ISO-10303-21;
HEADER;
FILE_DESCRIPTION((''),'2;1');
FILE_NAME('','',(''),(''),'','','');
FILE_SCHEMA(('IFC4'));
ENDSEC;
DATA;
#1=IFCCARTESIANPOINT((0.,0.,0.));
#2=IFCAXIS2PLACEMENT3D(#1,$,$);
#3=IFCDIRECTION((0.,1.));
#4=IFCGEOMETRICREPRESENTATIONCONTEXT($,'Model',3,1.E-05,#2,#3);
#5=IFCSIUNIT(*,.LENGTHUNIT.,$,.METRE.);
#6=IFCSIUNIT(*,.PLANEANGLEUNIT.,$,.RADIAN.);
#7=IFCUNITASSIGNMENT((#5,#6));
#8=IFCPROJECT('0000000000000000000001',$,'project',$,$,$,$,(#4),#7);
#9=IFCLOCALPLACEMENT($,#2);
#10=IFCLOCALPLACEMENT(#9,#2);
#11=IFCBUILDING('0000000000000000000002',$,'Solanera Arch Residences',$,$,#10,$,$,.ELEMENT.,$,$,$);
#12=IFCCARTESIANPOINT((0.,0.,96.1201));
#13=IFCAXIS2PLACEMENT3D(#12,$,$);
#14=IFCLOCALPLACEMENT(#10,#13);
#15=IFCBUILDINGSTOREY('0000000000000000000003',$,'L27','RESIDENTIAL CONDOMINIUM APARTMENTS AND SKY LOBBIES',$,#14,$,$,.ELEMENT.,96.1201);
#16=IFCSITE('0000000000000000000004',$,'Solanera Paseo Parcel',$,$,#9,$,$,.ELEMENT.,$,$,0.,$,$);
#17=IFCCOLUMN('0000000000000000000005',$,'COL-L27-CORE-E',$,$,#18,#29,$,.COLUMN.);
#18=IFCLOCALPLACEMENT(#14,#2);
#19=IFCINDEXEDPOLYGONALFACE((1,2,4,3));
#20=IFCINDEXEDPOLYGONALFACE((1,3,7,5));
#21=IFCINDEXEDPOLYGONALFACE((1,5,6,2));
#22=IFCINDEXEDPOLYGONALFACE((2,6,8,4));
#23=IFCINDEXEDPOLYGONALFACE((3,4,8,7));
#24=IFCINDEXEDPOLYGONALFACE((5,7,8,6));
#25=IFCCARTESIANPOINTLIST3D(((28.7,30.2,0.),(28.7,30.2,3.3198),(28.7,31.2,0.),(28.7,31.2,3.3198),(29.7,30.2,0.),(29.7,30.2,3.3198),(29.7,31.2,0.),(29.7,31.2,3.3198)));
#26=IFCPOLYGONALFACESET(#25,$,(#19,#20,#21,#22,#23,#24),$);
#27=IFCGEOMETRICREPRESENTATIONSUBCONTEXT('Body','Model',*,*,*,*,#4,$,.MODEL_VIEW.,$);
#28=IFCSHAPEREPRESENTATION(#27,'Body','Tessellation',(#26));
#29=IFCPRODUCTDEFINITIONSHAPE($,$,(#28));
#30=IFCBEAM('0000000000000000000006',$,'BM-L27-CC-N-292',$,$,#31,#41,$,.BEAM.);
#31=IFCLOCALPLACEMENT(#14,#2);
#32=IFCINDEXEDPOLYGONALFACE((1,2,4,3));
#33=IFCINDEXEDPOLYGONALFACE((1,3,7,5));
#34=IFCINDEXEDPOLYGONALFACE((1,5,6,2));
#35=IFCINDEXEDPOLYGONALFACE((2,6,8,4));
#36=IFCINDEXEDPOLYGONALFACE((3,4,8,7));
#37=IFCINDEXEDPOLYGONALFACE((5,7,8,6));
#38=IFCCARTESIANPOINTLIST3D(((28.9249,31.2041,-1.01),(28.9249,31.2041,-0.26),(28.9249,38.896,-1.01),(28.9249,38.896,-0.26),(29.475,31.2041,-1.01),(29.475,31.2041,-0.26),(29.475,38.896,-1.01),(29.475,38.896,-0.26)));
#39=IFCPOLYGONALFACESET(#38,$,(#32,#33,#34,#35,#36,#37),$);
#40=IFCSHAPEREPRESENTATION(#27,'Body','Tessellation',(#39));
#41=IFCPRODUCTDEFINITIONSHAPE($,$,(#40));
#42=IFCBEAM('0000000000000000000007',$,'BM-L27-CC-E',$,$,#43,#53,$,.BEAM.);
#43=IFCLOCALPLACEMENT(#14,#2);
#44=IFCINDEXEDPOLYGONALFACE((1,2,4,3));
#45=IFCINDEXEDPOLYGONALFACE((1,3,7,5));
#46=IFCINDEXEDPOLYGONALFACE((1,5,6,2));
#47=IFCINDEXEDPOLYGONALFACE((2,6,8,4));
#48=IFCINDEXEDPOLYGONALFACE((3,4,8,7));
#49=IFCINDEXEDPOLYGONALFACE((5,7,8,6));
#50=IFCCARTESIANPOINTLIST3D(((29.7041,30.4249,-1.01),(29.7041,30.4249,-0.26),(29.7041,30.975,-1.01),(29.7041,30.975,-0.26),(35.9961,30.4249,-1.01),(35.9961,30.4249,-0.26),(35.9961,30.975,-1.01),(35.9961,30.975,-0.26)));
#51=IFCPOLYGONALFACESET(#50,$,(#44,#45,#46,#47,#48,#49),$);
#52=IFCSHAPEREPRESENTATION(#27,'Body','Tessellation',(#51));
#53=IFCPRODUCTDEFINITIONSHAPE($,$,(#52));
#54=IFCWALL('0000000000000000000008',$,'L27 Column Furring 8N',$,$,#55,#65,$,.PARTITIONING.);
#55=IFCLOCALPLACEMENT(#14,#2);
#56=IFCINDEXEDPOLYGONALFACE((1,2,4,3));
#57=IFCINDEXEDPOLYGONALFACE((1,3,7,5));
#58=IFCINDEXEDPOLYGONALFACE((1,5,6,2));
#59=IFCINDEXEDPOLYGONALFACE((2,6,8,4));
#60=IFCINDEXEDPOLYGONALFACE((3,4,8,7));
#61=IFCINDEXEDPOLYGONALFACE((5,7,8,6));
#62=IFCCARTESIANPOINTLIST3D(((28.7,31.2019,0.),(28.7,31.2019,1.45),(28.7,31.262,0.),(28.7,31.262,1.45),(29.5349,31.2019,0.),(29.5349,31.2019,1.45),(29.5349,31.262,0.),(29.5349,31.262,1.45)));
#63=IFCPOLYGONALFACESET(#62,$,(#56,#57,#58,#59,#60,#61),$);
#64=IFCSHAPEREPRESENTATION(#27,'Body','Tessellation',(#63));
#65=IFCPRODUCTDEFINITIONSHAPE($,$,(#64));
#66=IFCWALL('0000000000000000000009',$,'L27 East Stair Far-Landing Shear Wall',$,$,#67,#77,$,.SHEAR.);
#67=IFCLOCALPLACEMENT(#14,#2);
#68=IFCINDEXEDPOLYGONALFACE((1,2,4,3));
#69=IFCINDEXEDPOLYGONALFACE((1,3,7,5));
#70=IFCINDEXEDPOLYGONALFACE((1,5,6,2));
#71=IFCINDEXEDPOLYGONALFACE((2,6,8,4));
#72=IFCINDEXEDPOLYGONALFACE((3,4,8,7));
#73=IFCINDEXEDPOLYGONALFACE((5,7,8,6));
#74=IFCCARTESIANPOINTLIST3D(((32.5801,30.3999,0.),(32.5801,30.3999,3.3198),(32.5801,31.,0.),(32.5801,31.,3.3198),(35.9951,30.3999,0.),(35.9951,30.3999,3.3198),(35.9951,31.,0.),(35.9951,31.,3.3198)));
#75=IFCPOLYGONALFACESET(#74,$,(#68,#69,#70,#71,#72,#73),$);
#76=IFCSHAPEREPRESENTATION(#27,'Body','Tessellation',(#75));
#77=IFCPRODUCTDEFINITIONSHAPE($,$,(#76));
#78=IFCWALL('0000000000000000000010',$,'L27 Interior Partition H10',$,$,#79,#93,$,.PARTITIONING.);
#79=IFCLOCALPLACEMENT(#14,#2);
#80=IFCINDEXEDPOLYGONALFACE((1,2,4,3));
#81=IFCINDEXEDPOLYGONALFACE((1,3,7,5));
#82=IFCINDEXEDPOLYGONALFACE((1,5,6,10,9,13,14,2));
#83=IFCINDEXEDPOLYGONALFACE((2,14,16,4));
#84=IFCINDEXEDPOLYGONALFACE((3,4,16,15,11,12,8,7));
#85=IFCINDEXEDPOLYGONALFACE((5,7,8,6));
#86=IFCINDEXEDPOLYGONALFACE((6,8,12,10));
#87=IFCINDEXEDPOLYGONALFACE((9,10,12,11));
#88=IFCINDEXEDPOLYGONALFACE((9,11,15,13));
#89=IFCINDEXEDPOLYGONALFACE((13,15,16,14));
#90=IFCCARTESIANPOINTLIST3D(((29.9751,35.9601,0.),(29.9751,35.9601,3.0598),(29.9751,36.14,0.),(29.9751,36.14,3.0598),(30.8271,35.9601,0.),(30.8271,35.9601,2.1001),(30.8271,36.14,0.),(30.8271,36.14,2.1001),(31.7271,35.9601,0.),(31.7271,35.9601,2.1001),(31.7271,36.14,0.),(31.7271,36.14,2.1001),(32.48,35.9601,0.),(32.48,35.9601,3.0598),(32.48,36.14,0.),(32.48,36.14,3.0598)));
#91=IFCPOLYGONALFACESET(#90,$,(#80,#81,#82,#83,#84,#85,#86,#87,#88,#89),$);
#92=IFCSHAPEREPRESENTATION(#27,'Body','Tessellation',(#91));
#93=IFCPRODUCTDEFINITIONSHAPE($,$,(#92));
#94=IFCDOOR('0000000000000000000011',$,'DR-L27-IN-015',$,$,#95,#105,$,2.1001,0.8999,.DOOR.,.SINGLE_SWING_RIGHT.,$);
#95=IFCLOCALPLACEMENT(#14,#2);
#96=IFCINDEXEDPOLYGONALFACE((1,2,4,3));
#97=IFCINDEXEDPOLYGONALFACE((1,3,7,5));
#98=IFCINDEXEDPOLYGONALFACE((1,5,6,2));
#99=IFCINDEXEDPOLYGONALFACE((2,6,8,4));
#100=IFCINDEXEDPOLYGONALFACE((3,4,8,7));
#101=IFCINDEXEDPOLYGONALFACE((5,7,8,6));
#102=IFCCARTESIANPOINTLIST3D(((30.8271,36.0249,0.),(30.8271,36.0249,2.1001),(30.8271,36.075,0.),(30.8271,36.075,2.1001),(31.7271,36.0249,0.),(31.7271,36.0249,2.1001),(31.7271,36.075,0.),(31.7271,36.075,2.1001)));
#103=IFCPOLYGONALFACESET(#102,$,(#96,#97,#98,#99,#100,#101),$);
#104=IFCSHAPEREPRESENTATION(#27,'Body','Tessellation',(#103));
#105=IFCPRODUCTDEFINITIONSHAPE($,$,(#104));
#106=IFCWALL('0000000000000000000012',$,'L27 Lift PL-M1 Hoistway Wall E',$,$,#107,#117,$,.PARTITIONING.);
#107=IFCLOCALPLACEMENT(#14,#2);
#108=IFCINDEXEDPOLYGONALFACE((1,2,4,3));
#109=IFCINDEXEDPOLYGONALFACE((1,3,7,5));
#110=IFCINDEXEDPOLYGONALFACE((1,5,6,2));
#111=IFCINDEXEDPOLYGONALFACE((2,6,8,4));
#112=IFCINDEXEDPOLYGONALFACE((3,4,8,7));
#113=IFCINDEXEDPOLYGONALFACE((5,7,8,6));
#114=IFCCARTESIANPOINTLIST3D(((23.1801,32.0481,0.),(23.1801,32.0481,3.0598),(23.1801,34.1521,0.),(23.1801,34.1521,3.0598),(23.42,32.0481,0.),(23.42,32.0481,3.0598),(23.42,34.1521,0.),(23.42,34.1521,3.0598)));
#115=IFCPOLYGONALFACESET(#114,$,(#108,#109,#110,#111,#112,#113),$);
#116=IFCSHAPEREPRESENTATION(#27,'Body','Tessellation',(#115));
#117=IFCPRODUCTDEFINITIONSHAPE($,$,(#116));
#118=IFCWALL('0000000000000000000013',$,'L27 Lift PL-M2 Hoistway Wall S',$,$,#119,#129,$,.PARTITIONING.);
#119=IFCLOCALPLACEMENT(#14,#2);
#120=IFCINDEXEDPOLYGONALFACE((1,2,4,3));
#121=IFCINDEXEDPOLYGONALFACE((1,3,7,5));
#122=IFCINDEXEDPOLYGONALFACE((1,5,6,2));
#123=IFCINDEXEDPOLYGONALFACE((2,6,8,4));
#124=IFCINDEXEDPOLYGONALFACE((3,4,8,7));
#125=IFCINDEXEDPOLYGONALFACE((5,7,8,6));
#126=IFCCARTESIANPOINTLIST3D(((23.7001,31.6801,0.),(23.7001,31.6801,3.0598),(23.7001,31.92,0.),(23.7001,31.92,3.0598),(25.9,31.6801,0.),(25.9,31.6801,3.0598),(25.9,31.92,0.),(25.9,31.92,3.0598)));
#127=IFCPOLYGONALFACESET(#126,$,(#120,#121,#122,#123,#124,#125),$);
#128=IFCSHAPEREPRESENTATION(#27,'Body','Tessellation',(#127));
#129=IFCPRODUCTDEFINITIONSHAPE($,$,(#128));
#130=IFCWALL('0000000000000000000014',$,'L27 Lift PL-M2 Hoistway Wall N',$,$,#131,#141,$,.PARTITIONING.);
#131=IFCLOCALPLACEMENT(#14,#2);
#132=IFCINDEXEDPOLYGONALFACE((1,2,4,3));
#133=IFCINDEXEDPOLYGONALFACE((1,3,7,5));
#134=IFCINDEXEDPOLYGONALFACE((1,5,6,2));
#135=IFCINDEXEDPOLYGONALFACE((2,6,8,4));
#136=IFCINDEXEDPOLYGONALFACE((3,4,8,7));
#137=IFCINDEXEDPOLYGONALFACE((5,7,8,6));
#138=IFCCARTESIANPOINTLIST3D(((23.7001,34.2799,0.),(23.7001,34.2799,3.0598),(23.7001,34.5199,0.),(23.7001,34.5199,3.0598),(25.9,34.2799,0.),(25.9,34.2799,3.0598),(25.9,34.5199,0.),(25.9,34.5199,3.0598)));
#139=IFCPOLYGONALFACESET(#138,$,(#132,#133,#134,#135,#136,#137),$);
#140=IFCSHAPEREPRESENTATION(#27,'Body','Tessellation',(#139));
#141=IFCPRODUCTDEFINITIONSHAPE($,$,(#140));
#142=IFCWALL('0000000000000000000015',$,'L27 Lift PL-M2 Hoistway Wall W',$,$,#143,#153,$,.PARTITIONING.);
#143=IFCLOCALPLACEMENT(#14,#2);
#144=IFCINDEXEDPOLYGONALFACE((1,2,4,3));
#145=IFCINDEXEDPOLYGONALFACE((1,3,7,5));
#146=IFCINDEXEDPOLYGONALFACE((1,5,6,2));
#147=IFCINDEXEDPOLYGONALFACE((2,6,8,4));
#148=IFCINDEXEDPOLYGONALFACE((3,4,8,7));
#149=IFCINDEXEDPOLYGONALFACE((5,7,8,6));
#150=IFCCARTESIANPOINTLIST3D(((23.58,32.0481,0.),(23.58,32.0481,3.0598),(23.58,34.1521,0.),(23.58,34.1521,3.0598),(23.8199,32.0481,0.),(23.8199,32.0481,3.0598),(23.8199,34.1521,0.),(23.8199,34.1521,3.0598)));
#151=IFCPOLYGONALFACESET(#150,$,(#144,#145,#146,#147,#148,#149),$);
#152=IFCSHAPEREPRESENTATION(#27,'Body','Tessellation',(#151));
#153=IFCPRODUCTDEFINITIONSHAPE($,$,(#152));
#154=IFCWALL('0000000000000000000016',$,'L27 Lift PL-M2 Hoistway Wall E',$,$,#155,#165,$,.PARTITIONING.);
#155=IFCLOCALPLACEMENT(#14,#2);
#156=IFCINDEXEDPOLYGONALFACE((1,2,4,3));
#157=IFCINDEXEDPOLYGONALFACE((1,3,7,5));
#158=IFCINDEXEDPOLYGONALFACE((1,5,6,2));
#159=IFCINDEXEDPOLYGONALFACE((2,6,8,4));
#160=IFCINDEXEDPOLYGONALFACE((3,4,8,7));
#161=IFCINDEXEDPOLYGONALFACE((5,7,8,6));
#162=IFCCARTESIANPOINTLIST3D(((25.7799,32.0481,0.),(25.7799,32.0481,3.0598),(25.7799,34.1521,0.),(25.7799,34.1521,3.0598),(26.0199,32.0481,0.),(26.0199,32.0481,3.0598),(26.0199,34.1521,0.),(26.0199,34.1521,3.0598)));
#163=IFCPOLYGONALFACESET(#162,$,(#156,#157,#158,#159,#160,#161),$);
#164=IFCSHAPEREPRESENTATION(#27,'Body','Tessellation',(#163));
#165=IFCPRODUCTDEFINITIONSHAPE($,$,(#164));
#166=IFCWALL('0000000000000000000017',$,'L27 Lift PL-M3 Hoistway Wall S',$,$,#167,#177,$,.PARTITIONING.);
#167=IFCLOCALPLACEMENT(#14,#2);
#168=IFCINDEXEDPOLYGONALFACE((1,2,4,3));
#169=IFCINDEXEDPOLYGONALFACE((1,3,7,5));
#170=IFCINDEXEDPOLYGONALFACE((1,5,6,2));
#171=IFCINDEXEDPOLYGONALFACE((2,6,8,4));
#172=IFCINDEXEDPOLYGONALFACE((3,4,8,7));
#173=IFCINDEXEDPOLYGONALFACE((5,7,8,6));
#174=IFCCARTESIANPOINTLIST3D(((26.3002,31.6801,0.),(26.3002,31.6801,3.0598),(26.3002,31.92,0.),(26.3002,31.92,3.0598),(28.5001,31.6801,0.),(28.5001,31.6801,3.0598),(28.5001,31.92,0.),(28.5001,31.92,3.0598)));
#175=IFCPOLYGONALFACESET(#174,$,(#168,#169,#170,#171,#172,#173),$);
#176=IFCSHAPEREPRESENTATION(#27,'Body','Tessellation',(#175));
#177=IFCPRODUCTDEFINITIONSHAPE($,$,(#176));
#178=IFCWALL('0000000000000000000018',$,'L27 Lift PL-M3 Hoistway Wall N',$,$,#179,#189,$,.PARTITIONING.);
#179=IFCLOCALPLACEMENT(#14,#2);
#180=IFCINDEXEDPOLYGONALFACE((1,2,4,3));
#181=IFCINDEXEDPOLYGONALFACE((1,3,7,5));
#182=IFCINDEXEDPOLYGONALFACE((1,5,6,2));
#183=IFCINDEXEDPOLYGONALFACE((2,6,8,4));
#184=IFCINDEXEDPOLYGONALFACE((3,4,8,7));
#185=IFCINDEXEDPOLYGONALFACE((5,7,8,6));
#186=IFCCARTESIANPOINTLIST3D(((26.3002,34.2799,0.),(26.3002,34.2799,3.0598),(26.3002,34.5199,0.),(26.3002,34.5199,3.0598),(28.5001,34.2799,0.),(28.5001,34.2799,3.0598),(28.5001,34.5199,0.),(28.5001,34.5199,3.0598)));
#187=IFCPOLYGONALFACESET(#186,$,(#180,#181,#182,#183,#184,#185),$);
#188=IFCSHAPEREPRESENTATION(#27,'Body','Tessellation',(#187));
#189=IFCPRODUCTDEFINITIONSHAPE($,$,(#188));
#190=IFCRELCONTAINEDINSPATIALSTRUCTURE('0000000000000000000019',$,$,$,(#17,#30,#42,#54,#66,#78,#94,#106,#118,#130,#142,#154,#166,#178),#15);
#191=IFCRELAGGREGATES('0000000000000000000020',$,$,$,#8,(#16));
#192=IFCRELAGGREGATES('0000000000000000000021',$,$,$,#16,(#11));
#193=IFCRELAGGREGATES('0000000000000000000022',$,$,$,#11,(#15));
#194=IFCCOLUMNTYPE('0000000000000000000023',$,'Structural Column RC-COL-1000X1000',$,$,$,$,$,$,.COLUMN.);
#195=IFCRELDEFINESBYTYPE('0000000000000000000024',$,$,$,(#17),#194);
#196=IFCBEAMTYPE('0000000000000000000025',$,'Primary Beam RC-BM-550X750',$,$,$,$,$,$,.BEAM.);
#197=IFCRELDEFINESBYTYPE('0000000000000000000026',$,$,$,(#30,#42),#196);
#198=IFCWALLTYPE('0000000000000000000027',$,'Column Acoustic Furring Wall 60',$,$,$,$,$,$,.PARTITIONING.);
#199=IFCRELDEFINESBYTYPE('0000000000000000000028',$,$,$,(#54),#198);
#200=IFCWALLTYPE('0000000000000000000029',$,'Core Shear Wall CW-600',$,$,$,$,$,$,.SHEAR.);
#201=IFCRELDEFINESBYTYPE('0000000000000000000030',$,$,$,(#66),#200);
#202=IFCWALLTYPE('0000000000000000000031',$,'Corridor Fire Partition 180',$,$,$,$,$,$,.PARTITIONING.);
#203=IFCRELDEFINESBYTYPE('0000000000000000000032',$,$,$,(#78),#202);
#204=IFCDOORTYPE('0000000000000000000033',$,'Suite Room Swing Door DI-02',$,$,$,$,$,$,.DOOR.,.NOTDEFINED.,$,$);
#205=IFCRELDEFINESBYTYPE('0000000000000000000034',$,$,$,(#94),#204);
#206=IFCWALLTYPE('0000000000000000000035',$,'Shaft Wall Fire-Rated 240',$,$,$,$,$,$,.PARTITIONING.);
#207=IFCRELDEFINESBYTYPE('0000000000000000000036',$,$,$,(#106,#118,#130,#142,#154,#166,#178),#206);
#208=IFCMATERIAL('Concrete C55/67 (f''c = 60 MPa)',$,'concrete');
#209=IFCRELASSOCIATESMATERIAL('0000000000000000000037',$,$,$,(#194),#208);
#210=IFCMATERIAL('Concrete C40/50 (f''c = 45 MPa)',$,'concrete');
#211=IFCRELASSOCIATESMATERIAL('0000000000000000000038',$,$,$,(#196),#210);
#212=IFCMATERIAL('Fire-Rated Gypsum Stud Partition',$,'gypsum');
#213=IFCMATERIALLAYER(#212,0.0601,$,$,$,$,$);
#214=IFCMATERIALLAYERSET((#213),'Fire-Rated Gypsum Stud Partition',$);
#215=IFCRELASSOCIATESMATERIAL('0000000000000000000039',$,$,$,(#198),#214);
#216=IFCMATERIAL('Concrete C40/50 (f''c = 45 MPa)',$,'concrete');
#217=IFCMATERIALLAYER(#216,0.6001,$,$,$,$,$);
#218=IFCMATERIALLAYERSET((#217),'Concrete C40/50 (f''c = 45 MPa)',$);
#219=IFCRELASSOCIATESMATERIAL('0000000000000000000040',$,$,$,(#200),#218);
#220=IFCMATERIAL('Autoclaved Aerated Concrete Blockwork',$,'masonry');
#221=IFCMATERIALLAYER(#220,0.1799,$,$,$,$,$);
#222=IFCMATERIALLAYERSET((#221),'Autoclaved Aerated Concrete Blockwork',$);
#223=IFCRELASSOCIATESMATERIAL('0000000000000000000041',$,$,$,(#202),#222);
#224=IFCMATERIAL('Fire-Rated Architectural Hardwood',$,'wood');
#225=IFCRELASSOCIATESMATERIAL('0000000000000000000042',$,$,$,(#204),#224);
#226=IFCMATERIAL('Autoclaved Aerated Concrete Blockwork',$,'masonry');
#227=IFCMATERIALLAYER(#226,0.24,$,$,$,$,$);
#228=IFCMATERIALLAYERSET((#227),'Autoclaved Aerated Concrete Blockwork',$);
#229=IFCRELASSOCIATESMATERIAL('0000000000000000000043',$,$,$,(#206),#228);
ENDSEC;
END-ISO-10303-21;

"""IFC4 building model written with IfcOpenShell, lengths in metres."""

from ifc_helpers import new_model, si_unit, direction, frame, frame_2d, origin, origin_2d, place, context, subcontext, project, spatial, rectangle, extrude, material, layer, layer_set, material_profile, profile_set, type_object, element, fill, save


model = new_model("IFC4")

# Units and contexts
model_context = context("Model", 3, precision=1e-05, world=origin(), true_north=direction((0.0, 1.0)))
body_context = subcontext(model_context, "Body", "Model", "MODEL_VIEW")
ifc_project = project(units=[si_unit("LENGTHUNIT", "METRE"), si_unit("PLANEANGLEUNIT", "RADIAN")], contexts=[model_context])

# Site, building, storey
site_placement = place(None, origin())
site = spatial("IfcSite", under=ifc_project, at=site_placement, Name="Solanera Paseo Parcel", CompositionType="ELEMENT", RefElevation=0.0)
building_placement = place(site_placement, origin())
building = spatial("IfcBuilding", under=site, at=building_placement, Name="Solanera Arch Residences", CompositionType="ELEMENT")
storey_placement = place(building_placement, frame((0.0, 0.0, 96.1201)))
storey = spatial("IfcBuildingStorey", under=building, at=storey_placement, Name="L27", Description="RESIDENTIAL CONDOMINIUM APARTMENTS AND SKY LOBBIES", CompositionType="ELEMENT", Elevation=96.1201)

# Column
ifc_material_1 = material(Name="Concrete C55/67 (f'c = 60 MPa)", Category="concrete")
ifc_material_profile_1 = material_profile(ifc_material_1, rectangle(XDim=1.0, YDim=1.0, at=origin_2d()))
ifc_profile_set_1 = profile_set([ifc_material_profile_1], Name="Concrete C55/67 (f'c = 60 MPa)")
column_type = type_object("IfcColumnType", Name="Structural Column RC-COL-1000X1000", PredefinedType="COLUMN", material=ifc_profile_set_1)
column_placement = place(storey_placement, frame((29.2, 30.7, 0.0), z_axis=(0.0, 0.0, 1.0), x_axis=(1.0, 0.0, 0.0)))
element("IfcColumn", 1, at=column_placement, inside=storey, type_object=column_type, Name="COL-L27-CORE-E", PredefinedType="COLUMN", context=body_context, shape_type="SweptSolid", body=[
    extrude(rectangle(XDim=1.0, YDim=1.0, at=origin_2d()), origin(), (0.0, 0.0, 1.0), 3.3198),
])

# Beams
ifc_material_2 = material(Name="Concrete C40/50 (f'c = 45 MPa)", Category="concrete")
ifc_material_profile_2 = material_profile(ifc_material_2, rectangle(XDim=0.55, YDim=0.75, at=origin_2d()))
ifc_profile_set_2 = profile_set([ifc_material_profile_2], Name="Concrete C40/50 (f'c = 45 MPa)")
beam_type = type_object("IfcBeamType", Name="Primary Beam RC-BM-550X750", PredefinedType="BEAM", material=ifc_profile_set_2)
beam_1_placement = place(storey_placement, frame((29.2, 31.2041, -0.635), z_axis=(0.0, 1.0, 0.0), x_axis=(-1.0, 0.0, 0.0)))
element("IfcBeam", 2, at=beam_1_placement, inside=storey, type_object=beam_type, Name="BM-L27-CC-N-292", PredefinedType="BEAM", context=body_context, shape_type="SweptSolid", body=[
    extrude(rectangle(XDim=0.55, YDim=0.75, at=origin_2d()), origin(), (0.0, 0.0, 1.0), 7.6919),
])
beam_2_placement = place(storey_placement, frame((29.7041, 30.7, -0.635), z_axis=(1.0, 0.0, 0.0), x_axis=(0.0, 1.0, 0.0)))
element("IfcBeam", 3, at=beam_2_placement, inside=storey, type_object=beam_type, Name="BM-L27-CC-E", PredefinedType="BEAM", context=body_context, shape_type="SweptSolid", body=[
    extrude(rectangle(XDim=0.55, YDim=0.75, at=origin_2d()), origin(), (0.0, 0.0, 1.0), 6.292),
])

# Wall
ifc_material_3 = material(Name="Fire-Rated Gypsum Stud Partition", Category="gypsum")
ifc_layer_1 = layer(ifc_material_3, 0.0601)
ifc_layer_set_1 = layer_set([ifc_layer_1], Name="Fire-Rated Gypsum Stud Partition")
wall_type_1 = type_object("IfcWallType", Name="Column Acoustic Furring Wall 60", PredefinedType="PARTITIONING", material=ifc_layer_set_1)
wall_1_placement = place(storey_placement, frame((28.7, 31.2319, 0.0), z_axis=(0.0, 0.0, 1.0), x_axis=(1.0, 0.0, 0.0)))
element("IfcWall", 4, at=wall_1_placement, inside=storey, type_object=wall_type_1, Name="L27 Column Furring 8N", PredefinedType="PARTITIONING", context=body_context, shape_type="SweptSolid", body=[
    extrude(rectangle(XDim=0.835, YDim=0.0601, at=frame_2d((0.4175, 0.0))), origin(), (0.0, 0.0, 1.0), 1.45),
])

# Wall
ifc_material_4 = material(Name="Concrete C40/50 (f'c = 45 MPa)", Category="concrete")
ifc_layer_2 = layer(ifc_material_4, 0.6001)
ifc_layer_set_2 = layer_set([ifc_layer_2], Name="Concrete C40/50 (f'c = 45 MPa)")
wall_type_2 = type_object("IfcWallType", Name="Core Shear Wall CW-600", PredefinedType="SHEAR", material=ifc_layer_set_2)
wall_2_placement = place(storey_placement, frame((32.5801, 30.7, 0.0), z_axis=(0.0, 0.0, 1.0), x_axis=(1.0, 0.0, 0.0)))
element("IfcWall", 5, at=wall_2_placement, inside=storey, type_object=wall_type_2, Name="L27 East Stair Far-Landing Shear Wall", PredefinedType="SHEAR", context=body_context, shape_type="SweptSolid", body=[
    extrude(rectangle(XDim=3.415, YDim=0.6001, at=frame_2d((1.7075, 0.0))), origin(), (0.0, 0.0, 1.0), 3.3198),
])

# Wall, opening, door
ifc_material_5 = material(Name="Autoclaved Aerated Concrete Blockwork", Category="masonry")
ifc_layer_3 = layer(ifc_material_5, 0.1799)
ifc_layer_set_3 = layer_set([ifc_layer_3], Name="Autoclaved Aerated Concrete Blockwork")
wall_type_3 = type_object("IfcWallType", Name="Corridor Fire Partition 180", PredefinedType="PARTITIONING", material=ifc_layer_set_3)
wall_3_placement = place(storey_placement, frame((29.9751, 36.05, 0.0), z_axis=(0.0, 0.0, 1.0), x_axis=(1.0, 0.0, 0.0)))
wall_3 = element("IfcWall", 6, at=wall_3_placement, inside=storey, type_object=wall_type_3, Name="L27 Interior Partition H10", PredefinedType="PARTITIONING", context=body_context, shape_type="SweptSolid", body=[
    extrude(rectangle(XDim=2.5049, YDim=0.1799, at=frame_2d((1.2524, 0.0))), origin(), (0.0, 0.0, 1.0), 3.0598),
])
opening_1_placement = place(wall_3_placement, frame((0.8521, 0.0, 0.0)))
opening_1 = element("IfcOpeningElement", 7, at=opening_1_placement, cuts=wall_3, PredefinedType="OPENING", context=body_context, shape_type="SweptSolid", body=[
    extrude(rectangle(XDim=0.8999, YDim=2.1001, at=frame_2d((0.45, 1.05))), frame((0.0, 0.1001, 0.0), z_axis=(0.0, -1.0, 0.0), x_axis=(1.0, 0.0, 0.0)), (0.0, 0.0, 1.0), 0.1999),
])
ifc_material_6 = material(Name="Fire-Rated Architectural Hardwood", Category="wood")
door_type_1 = type_object("IfcDoorType", Name="Suite Room Swing Door DI-02", OperationType="NOTDEFINED", PredefinedType="DOOR", material=ifc_material_6)
door_1_placement = place(opening_1_placement, origin())
door_1 = element("IfcDoor", 8, at=door_1_placement, inside=storey, type_object=door_type_1, Name="DR-L27-IN-015", OperationType="SINGLE_SWING_RIGHT", OverallHeight=2.1001, OverallWidth=0.8999, PredefinedType="DOOR", context=body_context, shape_type="SweptSolid", body=[
    extrude(rectangle(XDim=0.8999, YDim=2.1001, at=frame_2d((0.45, 1.05))), frame((0.0, 0.0249, 0.0), z_axis=(0.0, -1.0, 0.0), x_axis=(1.0, 0.0, 0.0)), (0.0, 0.0, 1.0), 0.05),
])
fill(opening_1, door_1)

# Walls
ifc_material_7 = material(Name="Autoclaved Aerated Concrete Blockwork", Category="masonry")
ifc_layer_4 = layer(ifc_material_7, 0.24)
ifc_layer_set_4 = layer_set([ifc_layer_4], Name="Autoclaved Aerated Concrete Blockwork")
wall_type_4 = type_object("IfcWallType", Name="Shaft Wall Fire-Rated 240", PredefinedType="PARTITIONING", material=ifc_layer_set_4)
wall_4_placement = place(storey_placement, frame((23.3, 32.0481, 0.0), z_axis=(0.0, 0.0, 1.0), x_axis=(0.0, 1.0, 0.0)))
element("IfcWall", 9, at=wall_4_placement, inside=storey, type_object=wall_type_4, Name="L27 Lift PL-M1 Hoistway Wall E", PredefinedType="PARTITIONING", context=body_context, shape_type="SweptSolid", body=[
    extrude(rectangle(XDim=2.104, YDim=0.24, at=frame_2d((1.052, 0.0))), origin(), (0.0, 0.0, 1.0), 3.0598),
])
for number, where, z_axis, x_axis, name in (
    (10, (23.7, 31.8, 0.0), (0.0, 0.0, 1.0), (1.0, 0.0, 0.0), "L27 Lift PL-M2 Hoistway Wall S"),
    (11, (23.7, 34.3999, 0.0), (0.0, 0.0, 1.0), (1.0, 0.0, 0.0), "L27 Lift PL-M2 Hoistway Wall N"),
):
    element("IfcWall", number, at=place(storey_placement, frame(where, z_axis=z_axis, x_axis=x_axis)), inside=storey, type_object=wall_type_4, Name=name, PredefinedType="PARTITIONING", context=body_context, shape_type="SweptSolid", body=[
        extrude(rectangle(XDim=2.2, YDim=0.24, at=frame_2d((1.1001, 0.0))), origin(), (0.0, 0.0, 1.0), 3.0598),
    ])
for number, where, z_axis, x_axis, name in (
    (12, (23.7, 32.0481, 0.0), (0.0, 0.0, 1.0), (0.0, 1.0, 0.0), "L27 Lift PL-M2 Hoistway Wall W"),
    (13, (25.8999, 32.0481, 0.0), (0.0, 0.0, 1.0), (0.0, 1.0, 0.0), "L27 Lift PL-M2 Hoistway Wall E"),
):
    element("IfcWall", number, at=place(storey_placement, frame(where, z_axis=z_axis, x_axis=x_axis)), inside=storey, type_object=wall_type_4, Name=name, PredefinedType="PARTITIONING", context=body_context, shape_type="SweptSolid", body=[
        extrude(rectangle(XDim=2.104, YDim=0.24, at=frame_2d((1.052, 0.0))), origin(), (0.0, 0.0, 1.0), 3.0598),
    ])
for number, where, z_axis, x_axis, name in (
    (14, (26.3, 31.8, 0.0), (0.0, 0.0, 1.0), (1.0, 0.0, 0.0), "L27 Lift PL-M3 Hoistway Wall S"),
    (15, (26.3, 34.3999, 0.0), (0.0, 0.0, 1.0), (1.0, 0.0, 0.0), "L27 Lift PL-M3 Hoistway Wall N"),
):
    element("IfcWall", number, at=place(storey_placement, frame(where, z_axis=z_axis, x_axis=x_axis)), inside=storey, type_object=wall_type_4, Name=name, PredefinedType="PARTITIONING", context=body_context, shape_type="SweptSolid", body=[
        extrude(rectangle(XDim=2.2, YDim=0.24, at=frame_2d((1.1001, 0.0))), origin(), (0.0, 0.0, 1.0), 3.0598),
    ])

save(model, "model.ifc")
